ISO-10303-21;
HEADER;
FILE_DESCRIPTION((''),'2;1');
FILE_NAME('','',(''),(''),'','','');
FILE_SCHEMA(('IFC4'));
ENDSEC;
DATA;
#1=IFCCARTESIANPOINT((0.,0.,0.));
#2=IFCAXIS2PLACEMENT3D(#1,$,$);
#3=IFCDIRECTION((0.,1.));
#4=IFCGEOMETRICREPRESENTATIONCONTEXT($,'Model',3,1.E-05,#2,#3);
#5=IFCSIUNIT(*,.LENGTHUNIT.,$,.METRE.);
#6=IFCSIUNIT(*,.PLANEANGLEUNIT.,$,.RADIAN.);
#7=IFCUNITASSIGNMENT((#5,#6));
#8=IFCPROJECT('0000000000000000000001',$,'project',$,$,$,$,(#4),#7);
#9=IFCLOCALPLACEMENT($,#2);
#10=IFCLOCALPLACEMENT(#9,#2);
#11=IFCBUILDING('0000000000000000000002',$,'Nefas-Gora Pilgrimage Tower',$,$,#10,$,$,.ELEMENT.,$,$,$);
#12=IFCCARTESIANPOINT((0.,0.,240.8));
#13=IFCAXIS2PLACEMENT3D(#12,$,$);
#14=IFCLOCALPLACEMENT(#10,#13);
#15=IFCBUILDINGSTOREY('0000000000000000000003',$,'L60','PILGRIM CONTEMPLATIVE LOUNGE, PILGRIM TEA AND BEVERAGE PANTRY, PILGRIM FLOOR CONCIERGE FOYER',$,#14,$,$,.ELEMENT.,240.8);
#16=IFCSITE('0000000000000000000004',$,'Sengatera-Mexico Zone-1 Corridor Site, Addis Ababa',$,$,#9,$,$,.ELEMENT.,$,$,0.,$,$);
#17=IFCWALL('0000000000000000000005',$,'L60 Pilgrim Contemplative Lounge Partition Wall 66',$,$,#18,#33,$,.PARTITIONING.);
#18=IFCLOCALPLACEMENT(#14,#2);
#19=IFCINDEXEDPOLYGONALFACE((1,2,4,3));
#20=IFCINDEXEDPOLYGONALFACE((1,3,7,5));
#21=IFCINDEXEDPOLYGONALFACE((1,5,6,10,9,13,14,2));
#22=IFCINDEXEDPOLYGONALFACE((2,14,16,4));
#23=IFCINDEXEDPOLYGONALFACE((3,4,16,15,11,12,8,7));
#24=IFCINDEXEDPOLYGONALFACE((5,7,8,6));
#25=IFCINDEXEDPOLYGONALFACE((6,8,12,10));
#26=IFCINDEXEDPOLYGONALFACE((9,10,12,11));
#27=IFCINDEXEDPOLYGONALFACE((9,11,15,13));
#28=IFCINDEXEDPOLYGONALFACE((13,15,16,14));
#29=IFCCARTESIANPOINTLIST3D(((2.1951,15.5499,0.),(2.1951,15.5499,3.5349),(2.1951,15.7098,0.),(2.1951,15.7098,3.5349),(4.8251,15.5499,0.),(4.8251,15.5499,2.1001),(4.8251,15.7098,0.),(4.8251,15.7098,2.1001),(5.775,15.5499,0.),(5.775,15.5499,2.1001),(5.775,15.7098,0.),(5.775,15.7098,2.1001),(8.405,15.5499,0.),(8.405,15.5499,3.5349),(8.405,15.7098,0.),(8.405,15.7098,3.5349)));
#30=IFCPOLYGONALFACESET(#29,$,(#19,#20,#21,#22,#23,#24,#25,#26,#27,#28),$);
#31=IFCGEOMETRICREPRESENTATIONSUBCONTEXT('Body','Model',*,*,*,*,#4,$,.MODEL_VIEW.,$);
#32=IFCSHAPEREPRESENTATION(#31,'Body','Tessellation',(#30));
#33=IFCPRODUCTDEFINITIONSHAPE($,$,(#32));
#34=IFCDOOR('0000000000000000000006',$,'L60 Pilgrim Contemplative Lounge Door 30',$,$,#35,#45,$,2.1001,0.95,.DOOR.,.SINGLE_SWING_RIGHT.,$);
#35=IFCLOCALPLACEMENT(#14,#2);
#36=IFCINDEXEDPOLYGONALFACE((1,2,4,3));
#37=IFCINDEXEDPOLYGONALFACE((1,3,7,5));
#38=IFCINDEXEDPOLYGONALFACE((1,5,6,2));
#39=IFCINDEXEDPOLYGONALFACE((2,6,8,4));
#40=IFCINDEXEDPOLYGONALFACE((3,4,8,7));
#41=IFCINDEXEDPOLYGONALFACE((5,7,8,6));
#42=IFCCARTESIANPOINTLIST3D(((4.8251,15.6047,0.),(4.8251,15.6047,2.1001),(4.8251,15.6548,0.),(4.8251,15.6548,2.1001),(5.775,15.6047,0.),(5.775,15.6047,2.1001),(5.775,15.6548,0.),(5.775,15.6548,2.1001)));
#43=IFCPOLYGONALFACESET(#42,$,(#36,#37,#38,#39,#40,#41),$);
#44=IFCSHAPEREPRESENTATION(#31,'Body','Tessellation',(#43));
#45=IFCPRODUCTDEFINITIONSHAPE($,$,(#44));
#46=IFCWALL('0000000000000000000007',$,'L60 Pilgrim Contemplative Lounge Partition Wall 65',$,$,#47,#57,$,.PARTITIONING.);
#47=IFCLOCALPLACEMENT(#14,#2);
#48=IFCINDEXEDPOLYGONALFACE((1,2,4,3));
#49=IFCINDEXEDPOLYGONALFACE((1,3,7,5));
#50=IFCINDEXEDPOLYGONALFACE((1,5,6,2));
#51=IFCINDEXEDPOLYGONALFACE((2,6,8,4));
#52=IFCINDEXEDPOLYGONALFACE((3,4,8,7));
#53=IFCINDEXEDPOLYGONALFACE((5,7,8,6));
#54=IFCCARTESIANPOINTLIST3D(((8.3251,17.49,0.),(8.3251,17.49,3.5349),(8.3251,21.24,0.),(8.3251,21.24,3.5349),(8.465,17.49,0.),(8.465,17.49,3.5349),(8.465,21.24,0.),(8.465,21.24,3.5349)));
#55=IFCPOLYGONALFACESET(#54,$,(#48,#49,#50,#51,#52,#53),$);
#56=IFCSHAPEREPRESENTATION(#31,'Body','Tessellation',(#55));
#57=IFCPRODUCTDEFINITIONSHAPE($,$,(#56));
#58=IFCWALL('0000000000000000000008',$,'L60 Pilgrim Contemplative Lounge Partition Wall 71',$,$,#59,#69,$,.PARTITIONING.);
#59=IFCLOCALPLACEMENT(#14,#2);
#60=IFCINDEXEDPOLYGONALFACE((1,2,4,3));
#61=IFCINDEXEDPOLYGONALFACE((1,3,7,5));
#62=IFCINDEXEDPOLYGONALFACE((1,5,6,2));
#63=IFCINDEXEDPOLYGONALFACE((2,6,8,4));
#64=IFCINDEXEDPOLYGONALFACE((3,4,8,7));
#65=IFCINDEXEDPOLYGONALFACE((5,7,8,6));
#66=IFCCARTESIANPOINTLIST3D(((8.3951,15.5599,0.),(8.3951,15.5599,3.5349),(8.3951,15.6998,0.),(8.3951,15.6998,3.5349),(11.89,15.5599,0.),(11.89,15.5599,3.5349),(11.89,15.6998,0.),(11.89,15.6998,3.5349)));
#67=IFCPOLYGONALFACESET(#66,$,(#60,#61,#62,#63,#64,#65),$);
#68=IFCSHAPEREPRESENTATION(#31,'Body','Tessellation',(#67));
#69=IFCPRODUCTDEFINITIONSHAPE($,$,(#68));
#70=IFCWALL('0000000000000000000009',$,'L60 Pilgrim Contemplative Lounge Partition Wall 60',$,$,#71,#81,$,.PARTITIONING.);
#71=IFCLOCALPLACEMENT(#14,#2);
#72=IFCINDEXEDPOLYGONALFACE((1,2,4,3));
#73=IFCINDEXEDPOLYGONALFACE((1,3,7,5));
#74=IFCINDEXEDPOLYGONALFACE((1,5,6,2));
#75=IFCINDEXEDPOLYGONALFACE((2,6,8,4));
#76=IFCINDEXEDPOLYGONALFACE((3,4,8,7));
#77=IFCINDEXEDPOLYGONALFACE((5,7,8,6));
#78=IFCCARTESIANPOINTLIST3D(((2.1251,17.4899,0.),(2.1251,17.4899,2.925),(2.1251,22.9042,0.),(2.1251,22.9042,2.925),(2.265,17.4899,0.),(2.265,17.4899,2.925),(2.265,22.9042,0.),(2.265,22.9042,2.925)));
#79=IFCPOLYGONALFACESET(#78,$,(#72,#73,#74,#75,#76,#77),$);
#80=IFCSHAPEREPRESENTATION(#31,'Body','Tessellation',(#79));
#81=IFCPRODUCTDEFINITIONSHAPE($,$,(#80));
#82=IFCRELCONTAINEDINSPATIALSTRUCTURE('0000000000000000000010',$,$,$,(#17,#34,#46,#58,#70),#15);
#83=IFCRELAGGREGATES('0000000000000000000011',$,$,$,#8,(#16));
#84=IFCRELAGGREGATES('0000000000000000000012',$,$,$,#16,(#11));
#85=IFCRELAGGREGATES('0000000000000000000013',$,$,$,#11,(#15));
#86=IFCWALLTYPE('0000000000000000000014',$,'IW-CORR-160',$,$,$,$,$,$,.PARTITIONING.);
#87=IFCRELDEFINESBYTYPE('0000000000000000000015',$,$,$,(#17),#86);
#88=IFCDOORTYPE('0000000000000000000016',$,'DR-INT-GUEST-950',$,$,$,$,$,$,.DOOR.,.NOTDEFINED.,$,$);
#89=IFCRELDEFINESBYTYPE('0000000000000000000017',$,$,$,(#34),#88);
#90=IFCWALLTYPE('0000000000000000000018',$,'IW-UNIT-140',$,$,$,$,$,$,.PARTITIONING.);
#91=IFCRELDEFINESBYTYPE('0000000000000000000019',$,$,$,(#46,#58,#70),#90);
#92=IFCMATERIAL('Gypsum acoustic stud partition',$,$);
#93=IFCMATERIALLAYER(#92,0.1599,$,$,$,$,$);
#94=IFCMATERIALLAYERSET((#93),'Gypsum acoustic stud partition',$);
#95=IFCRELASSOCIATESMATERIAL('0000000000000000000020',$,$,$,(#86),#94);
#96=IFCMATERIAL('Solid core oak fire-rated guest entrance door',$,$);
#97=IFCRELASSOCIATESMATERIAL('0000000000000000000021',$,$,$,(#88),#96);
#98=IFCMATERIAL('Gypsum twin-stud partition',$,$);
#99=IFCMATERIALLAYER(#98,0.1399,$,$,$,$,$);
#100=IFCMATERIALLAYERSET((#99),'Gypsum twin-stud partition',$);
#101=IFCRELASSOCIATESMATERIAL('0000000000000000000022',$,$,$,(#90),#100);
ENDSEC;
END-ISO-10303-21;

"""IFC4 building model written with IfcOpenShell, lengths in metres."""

from ifc_helpers import new_model, si_unit, direction, frame, frame_2d, origin, place, context, subcontext, project, spatial, rectangle, extrude, source, transform, mapped, material, layer, layer_set, type_object, element, fill, save


model = new_model("IFC4")

# Units and contexts
model_context = context("Model", 3, precision=1e-05, world=origin(), true_north=direction((0.0, 1.0)))
body_context = subcontext(model_context, "Body", "Model", "MODEL_VIEW")
ifc_project = project(units=[si_unit("LENGTHUNIT", "METRE"), si_unit("PLANEANGLEUNIT", "RADIAN")], contexts=[model_context])

# Site, building, storey
site_placement = place(None, origin())
site = spatial("IfcSite", under=ifc_project, at=site_placement, Name="Sengatera-Mexico Zone-1 Corridor Site, Addis Ababa", CompositionType="ELEMENT", RefElevation=0.0)
building_placement = place(site_placement, origin())
building = spatial("IfcBuilding", under=site, at=building_placement, Name="Nefas-Gora Pilgrimage Tower", CompositionType="ELEMENT")
storey_placement = place(building_placement, frame((0.0, 0.0, 240.8)))
storey = spatial("IfcBuildingStorey", under=building, at=storey_placement, Name="L60", Description="PILGRIM CONTEMPLATIVE LOUNGE, PILGRIM TEA AND BEVERAGE PANTRY, PILGRIM FLOOR CONCIERGE FOYER", CompositionType="ELEMENT", Elevation=240.8)

# Wall, opening, door
ifc_material_1 = material(Name="Gypsum acoustic stud partition")
ifc_layer_1 = layer(ifc_material_1, 0.1599)
ifc_layer_set_1 = layer_set([ifc_layer_1], Name="Gypsum acoustic stud partition")
wall_type_1 = type_object("IfcWallType", Name="IW-CORR-160", PredefinedType="PARTITIONING", material=ifc_layer_set_1)
ifc_material_2 = material(Name="Solid core oak fire-rated guest entrance door")
door_type_1 = type_object("IfcDoorType", Name="DR-INT-GUEST-950", OperationType="NOTDEFINED", PredefinedType="DOOR", material=ifc_material_2)
shared_shape_1 = source(origin(), body_context, "Body", "SweptSolid", [
    extrude(rectangle(XDim=0.95, YDim=2.1001, at=frame_2d((0.4751, 1.05))), frame((0.0, 0.0249, 0.0), z_axis=(0.0, -1.0, 0.0), x_axis=(1.0, 0.0, 0.0)), (0.0, 0.0, 1.0), 0.05),
])
shared_shape_2 = source(origin(), body_context, "Body", "SweptSolid", [
    extrude(rectangle(XDim=6.21, YDim=0.1599, at=frame_2d((3.105, 0.0))), origin(), (0.0, 0.0, 1.0), 3.5349),
])
wall_1_placement = place(storey_placement, frame((2.1951, 15.6299, 0.0), z_axis=(0.0, 0.0, 1.0), x_axis=(1.0, 0.0, 0.0)))
wall_1 = element("IfcWall", 1, at=wall_1_placement, inside=storey, type_object=wall_type_1, Name="L60 Pilgrim Contemplative Lounge Partition Wall 66", PredefinedType="PARTITIONING", context=body_context, shape_type="MappedRepresentation", body=[
    mapped(shared_shape_2, transform((0.0, 0.0, 0.0), x_axis=(1.0, 0.0, 0.0), y_axis=(0.0, 1.0, 0.0), z_axis=(0.0, 0.0, 1.0), scale=1.0)),
])
opening_1_placement = place(wall_1_placement, frame((2.6299, 0.0, 0.0)))
opening_1 = element("IfcOpeningElement", 2, at=opening_1_placement, cuts=wall_1, PredefinedType="OPENING", context=body_context, shape_type="SweptSolid", body=[
    extrude(rectangle(XDim=0.95, YDim=2.1001, at=frame_2d((0.4751, 1.05))), frame((0.0, 0.0898, 0.0), z_axis=(0.0, -1.0, 0.0), x_axis=(1.0, 0.0, 0.0)), (0.0, 0.0, 1.0), 0.1799),
])
door_1_placement = place(opening_1_placement, origin())
door_1 = element("IfcDoor", 3, at=door_1_placement, inside=storey, type_object=door_type_1, Name="L60 Pilgrim Contemplative Lounge Door 30", OperationType="SINGLE_SWING_RIGHT", OverallHeight=2.1001, OverallWidth=0.95, PredefinedType="DOOR", context=body_context, shape_type="MappedRepresentation", body=[
    mapped(shared_shape_1, transform((0.0, 0.0, 0.0), x_axis=(1.0, 0.0, 0.0), y_axis=(0.0, 1.0, 0.0), z_axis=(0.0, 0.0, 1.0), scale=1.0)),
])
fill(opening_1, door_1)

# Walls
ifc_material_3 = material(Name="Gypsum twin-stud partition")
ifc_layer_2 = layer(ifc_material_3, 0.1399)
ifc_layer_set_2 = layer_set([ifc_layer_2], Name="Gypsum twin-stud partition")
wall_type_2 = type_object("IfcWallType", Name="IW-UNIT-140", PredefinedType="PARTITIONING", material=ifc_layer_set_2)
shared_shape_3 = source(origin(), body_context, "Body", "SweptSolid", [
    extrude(rectangle(XDim=3.75, YDim=0.1399, at=frame_2d((1.875, 0.0))), origin(), (0.0, 0.0, 1.0), 3.5349),
])
wall_2_placement = place(storey_placement, frame((8.395, 17.49, 0.0), z_axis=(0.0, 0.0, 1.0), x_axis=(0.0, 1.0, 0.0)))
element("IfcWall", 4, at=wall_2_placement, inside=storey, type_object=wall_type_2, Name="L60 Pilgrim Contemplative Lounge Partition Wall 65", PredefinedType="PARTITIONING", context=body_context, shape_type="MappedRepresentation", body=[
    mapped(shared_shape_3, transform((0.0, 0.0, 0.0), x_axis=(1.0, 0.0, 0.0), y_axis=(0.0, 1.0, 0.0), z_axis=(0.0, 0.0, 1.0), scale=1.0)),
])
shared_shape_4 = source(origin(), body_context, "Body", "SweptSolid", [
    extrude(rectangle(XDim=3.4949, YDim=0.1399, at=frame_2d((1.7476, 0.0))), origin(), (0.0, 0.0, 1.0), 3.5349),
])
wall_3_placement = place(storey_placement, frame((8.395, 15.6299, 0.0), z_axis=(0.0, 0.0, 1.0), x_axis=(1.0, 0.0, 0.0)))
element("IfcWall", 5, at=wall_3_placement, inside=storey, type_object=wall_type_2, Name="L60 Pilgrim Contemplative Lounge Partition Wall 71", PredefinedType="PARTITIONING", context=body_context, shape_type="MappedRepresentation", body=[
    mapped(shared_shape_4, transform((0.0, 0.0, 0.0), x_axis=(1.0, 0.0, 0.0), y_axis=(0.0, 1.0, 0.0), z_axis=(0.0, 0.0, 1.0), scale=1.0)),
])
shared_shape_5 = source(origin(), body_context, "Body", "SweptSolid", [
    extrude(rectangle(XDim=5.4143, YDim=0.1399, at=frame_2d((2.707, 0.0))), origin(), (0.0, 0.0, 1.0), 2.925),
])
wall_4_placement = place(storey_placement, frame((2.1951, 17.49, 0.0), z_axis=(0.0, 0.0, 1.0), x_axis=(0.0, 1.0, 0.0)))
element("IfcWall", 6, at=wall_4_placement, inside=storey, type_object=wall_type_2, Name="L60 Pilgrim Contemplative Lounge Partition Wall 60", PredefinedType="PARTITIONING", context=body_context, shape_type="MappedRepresentation", body=[
    mapped(shared_shape_5, transform((0.0, 0.0, 0.0), x_axis=(1.0, 0.0, 0.0), y_axis=(0.0, 1.0, 0.0), z_axis=(0.0, 0.0, 1.0), scale=1.0)),
])

save(model, "model.ifc")
